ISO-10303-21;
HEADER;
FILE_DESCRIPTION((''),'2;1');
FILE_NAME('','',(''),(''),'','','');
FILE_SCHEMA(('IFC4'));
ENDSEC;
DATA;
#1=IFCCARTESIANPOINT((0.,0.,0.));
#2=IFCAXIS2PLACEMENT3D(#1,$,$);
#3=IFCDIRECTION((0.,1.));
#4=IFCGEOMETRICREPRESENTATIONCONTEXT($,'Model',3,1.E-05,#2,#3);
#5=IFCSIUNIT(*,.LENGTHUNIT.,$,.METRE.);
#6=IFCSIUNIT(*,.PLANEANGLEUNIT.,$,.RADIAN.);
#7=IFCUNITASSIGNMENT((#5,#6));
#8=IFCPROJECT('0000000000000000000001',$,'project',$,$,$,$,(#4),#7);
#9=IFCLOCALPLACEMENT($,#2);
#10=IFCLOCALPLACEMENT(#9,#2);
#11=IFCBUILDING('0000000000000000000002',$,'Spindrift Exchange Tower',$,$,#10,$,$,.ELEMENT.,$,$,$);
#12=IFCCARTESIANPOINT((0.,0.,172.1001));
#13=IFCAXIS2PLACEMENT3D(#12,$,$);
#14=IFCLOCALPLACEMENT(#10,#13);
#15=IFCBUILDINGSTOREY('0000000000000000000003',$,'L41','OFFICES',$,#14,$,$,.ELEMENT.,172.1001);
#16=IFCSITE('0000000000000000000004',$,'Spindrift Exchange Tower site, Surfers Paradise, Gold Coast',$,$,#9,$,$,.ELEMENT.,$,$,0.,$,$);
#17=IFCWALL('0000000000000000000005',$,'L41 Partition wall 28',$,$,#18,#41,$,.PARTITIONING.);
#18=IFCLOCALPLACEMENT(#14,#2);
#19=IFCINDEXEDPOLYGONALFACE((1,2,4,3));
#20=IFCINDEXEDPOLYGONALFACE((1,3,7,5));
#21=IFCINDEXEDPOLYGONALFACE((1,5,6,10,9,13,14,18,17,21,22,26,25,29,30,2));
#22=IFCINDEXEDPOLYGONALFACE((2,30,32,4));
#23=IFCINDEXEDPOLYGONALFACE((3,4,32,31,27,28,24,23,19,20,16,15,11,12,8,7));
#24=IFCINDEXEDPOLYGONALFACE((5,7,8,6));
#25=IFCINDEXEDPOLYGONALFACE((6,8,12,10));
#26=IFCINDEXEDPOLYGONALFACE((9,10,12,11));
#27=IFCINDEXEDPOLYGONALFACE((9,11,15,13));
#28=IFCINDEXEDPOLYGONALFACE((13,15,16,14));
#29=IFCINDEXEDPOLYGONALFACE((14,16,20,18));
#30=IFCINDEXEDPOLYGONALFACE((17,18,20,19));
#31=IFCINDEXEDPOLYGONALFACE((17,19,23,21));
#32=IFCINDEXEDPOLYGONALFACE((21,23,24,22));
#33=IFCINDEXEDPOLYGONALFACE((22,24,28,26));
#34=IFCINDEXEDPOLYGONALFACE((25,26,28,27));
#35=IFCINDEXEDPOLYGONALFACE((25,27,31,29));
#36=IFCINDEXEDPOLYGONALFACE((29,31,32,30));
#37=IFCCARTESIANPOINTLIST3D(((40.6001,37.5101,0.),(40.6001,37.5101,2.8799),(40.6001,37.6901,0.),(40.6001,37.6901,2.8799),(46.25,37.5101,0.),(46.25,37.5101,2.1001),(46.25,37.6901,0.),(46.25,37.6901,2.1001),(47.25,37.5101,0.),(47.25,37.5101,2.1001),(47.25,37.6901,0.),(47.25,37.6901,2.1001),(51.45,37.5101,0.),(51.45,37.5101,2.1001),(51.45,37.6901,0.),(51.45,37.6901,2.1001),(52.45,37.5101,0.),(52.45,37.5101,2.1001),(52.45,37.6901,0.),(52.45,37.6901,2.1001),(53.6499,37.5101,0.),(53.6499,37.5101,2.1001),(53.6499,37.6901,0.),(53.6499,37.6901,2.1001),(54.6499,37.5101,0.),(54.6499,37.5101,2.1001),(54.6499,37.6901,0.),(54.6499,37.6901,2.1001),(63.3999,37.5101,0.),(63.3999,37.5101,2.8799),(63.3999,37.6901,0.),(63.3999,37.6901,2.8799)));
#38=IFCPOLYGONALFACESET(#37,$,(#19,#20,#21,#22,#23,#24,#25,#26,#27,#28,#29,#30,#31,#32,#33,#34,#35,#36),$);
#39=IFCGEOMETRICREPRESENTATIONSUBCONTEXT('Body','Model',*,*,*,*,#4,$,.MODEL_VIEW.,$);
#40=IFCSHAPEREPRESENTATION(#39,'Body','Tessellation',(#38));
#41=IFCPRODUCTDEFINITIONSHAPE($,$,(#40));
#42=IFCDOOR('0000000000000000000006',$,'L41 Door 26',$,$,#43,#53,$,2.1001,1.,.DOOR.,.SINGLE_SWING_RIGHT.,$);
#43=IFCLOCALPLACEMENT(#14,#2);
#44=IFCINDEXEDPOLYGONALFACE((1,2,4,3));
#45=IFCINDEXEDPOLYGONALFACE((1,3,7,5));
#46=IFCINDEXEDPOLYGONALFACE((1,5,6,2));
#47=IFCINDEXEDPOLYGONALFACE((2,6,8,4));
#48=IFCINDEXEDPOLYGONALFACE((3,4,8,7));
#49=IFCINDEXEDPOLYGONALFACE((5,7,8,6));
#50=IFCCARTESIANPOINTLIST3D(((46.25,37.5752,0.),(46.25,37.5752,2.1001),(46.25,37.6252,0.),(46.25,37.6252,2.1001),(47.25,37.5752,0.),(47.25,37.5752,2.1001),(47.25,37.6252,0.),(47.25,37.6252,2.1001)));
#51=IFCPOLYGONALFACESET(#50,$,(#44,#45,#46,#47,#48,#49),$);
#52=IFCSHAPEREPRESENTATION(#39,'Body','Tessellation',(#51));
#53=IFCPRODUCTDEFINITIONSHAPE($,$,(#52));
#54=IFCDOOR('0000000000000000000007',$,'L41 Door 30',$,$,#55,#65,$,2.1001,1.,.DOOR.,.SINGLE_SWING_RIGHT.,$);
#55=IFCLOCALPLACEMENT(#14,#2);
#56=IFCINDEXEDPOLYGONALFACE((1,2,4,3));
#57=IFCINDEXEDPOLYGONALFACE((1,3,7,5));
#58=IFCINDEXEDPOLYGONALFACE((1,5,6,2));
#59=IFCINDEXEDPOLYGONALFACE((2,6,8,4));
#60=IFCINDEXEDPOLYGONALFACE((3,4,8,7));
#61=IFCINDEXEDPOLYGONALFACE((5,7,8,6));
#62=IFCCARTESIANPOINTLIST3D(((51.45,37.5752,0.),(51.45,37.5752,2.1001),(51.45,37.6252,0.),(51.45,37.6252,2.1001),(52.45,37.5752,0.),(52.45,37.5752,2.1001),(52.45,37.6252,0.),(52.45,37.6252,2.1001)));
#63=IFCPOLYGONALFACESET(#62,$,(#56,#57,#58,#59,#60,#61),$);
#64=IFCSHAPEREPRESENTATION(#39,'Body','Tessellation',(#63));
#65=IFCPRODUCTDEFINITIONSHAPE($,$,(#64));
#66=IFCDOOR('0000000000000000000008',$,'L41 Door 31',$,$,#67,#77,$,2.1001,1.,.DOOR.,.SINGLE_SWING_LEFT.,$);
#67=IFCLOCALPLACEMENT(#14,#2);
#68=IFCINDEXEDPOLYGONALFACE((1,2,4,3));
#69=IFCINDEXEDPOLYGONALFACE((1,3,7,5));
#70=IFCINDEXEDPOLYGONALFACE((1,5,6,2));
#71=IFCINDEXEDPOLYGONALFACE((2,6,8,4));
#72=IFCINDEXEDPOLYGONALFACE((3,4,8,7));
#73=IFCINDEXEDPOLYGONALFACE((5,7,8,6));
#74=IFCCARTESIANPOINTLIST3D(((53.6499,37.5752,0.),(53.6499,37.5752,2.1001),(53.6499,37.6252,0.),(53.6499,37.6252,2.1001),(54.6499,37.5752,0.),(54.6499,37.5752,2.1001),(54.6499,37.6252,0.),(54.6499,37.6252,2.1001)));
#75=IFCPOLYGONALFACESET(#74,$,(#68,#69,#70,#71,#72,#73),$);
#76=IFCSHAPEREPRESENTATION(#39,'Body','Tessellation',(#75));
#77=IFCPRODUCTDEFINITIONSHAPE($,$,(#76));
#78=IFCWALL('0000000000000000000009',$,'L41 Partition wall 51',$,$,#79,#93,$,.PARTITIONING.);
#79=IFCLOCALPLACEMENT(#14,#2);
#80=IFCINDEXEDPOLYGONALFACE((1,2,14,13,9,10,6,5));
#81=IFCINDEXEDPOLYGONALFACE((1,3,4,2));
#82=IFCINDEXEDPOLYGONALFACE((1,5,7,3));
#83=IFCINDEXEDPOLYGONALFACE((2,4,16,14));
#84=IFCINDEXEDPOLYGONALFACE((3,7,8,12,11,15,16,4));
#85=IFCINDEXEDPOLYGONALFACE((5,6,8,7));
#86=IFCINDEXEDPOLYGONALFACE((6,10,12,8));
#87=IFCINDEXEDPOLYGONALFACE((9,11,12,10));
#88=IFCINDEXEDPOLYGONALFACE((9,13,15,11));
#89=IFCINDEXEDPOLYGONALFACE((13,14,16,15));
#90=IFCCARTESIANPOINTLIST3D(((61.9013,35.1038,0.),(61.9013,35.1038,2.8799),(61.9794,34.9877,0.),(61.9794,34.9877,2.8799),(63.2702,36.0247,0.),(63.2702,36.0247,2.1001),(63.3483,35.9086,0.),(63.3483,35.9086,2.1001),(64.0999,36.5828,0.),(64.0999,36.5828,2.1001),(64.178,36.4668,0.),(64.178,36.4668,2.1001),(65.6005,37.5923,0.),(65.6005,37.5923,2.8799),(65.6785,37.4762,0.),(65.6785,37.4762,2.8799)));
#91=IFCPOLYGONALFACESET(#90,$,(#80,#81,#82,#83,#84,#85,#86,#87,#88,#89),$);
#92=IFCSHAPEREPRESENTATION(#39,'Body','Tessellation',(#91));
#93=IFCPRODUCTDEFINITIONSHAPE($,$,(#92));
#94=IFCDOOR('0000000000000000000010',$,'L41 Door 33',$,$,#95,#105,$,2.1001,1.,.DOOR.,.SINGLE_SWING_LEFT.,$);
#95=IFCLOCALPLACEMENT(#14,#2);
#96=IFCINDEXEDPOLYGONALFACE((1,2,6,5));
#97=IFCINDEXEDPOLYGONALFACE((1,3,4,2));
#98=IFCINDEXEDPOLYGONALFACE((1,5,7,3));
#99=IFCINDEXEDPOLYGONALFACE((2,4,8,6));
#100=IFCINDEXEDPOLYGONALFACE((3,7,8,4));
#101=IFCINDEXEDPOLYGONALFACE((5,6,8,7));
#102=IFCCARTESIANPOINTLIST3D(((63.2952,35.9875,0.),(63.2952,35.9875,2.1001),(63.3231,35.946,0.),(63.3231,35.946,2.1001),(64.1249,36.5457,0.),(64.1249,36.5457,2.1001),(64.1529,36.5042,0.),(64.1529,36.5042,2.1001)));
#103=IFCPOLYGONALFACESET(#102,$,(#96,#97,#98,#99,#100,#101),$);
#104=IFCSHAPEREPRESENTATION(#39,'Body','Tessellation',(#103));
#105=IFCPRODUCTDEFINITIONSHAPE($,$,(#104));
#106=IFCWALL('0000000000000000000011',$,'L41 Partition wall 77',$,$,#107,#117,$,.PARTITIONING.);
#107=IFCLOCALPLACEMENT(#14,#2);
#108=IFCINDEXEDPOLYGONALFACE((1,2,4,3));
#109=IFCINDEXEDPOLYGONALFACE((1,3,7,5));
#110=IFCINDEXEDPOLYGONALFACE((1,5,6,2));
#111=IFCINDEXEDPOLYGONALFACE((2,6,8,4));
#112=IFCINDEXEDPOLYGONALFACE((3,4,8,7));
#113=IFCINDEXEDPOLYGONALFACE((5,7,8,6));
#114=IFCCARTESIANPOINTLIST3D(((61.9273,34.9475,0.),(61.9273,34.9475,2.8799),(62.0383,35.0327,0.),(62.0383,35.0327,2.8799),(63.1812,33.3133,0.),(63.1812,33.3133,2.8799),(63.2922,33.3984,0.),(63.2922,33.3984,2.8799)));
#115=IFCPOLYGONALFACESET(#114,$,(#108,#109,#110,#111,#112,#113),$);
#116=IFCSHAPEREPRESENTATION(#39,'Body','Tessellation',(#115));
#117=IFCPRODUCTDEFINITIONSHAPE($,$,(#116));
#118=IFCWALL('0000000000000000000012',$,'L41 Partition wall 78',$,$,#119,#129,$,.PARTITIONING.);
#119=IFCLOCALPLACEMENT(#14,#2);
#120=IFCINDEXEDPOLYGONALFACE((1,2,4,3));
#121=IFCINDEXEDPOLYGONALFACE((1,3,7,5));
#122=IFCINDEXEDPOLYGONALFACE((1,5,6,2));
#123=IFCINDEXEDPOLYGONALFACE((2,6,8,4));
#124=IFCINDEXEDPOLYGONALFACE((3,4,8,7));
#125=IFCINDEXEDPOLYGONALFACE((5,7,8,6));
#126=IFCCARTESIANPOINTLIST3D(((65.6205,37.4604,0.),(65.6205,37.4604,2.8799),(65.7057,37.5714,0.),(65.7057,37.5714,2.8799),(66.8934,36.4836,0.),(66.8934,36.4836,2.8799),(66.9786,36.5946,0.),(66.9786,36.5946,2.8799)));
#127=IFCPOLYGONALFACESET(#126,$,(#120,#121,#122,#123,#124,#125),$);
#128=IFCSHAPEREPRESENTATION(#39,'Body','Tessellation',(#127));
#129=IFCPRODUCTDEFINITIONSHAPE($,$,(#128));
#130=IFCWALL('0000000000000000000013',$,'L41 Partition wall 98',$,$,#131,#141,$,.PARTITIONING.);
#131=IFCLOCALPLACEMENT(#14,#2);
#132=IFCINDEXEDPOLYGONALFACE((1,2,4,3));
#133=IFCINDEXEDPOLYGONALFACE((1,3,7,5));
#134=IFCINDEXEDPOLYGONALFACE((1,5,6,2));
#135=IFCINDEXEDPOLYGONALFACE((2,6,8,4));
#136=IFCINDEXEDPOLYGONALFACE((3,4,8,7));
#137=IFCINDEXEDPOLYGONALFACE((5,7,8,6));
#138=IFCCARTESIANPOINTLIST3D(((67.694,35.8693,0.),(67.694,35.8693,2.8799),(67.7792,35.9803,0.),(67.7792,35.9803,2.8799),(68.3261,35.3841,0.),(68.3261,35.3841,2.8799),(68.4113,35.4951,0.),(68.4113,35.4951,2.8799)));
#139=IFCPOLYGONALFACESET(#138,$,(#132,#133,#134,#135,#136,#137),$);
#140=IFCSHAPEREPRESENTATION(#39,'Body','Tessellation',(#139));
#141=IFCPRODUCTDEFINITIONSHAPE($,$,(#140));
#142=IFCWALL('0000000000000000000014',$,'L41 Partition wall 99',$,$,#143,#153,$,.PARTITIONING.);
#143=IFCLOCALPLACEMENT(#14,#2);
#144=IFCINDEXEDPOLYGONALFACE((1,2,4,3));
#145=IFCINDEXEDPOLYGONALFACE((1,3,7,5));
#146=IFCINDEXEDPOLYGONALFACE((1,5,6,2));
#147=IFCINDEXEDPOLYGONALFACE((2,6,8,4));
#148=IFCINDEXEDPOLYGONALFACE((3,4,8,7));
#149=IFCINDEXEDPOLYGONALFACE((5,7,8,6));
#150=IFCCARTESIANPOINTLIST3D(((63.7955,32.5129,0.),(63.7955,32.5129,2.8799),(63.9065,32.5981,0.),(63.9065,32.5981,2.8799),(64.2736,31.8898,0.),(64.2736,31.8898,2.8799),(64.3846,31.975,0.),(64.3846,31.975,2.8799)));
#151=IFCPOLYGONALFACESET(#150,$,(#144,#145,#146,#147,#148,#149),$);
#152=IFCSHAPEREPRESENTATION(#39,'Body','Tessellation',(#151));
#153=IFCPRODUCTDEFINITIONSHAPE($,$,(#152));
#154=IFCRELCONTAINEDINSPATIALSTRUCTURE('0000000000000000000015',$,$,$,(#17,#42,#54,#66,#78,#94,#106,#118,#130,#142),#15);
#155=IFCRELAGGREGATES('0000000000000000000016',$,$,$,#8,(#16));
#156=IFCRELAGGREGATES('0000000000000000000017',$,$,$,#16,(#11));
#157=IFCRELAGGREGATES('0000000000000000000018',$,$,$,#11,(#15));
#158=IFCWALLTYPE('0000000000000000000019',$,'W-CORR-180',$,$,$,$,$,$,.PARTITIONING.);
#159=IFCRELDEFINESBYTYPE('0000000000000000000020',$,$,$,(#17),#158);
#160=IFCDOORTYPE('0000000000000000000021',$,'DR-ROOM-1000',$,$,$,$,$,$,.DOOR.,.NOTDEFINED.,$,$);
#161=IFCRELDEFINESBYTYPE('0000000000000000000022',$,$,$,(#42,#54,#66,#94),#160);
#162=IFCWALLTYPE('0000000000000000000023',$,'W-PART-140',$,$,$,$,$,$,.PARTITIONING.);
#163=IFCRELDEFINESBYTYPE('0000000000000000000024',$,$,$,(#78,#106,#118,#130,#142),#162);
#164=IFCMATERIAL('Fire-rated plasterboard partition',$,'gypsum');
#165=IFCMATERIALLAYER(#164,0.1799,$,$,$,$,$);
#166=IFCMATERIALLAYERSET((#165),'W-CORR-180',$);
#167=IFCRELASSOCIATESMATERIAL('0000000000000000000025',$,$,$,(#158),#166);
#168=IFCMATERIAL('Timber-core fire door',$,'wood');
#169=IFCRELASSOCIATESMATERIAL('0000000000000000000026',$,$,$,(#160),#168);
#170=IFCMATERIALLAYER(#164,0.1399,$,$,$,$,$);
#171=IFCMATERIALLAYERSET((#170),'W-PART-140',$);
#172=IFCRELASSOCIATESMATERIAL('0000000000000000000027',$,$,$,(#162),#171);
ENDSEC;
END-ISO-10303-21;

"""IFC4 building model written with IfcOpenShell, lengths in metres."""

from ifc_helpers import new_model, si_unit, direction, frame, frame_2d, origin, place, context, subcontext, project, spatial, rectangle, extrude, source, transform, mapped, material, layer, layer_set, type_object, element, fill, save


model = new_model("IFC4")

# Units and contexts
model_context = context("Model", 3, precision=1e-05, world=origin(), true_north=direction((0.0, 1.0)))
body_context = subcontext(model_context, "Body", "Model", "MODEL_VIEW")
ifc_project = project(units=[si_unit("LENGTHUNIT", "METRE"), si_unit("PLANEANGLEUNIT", "RADIAN")], contexts=[model_context])

# Site, building, storey
site_placement = place(None, origin())
site = spatial("IfcSite", under=ifc_project, at=site_placement, Name="Spindrift Exchange Tower site, Surfers Paradise, Gold Coast", CompositionType="ELEMENT", RefElevation=0.0)
building_placement = place(site_placement, origin())
building = spatial("IfcBuilding", under=site, at=building_placement, Name="Spindrift Exchange Tower", CompositionType="ELEMENT")
storey_placement = place(building_placement, frame((0.0, 0.0, 172.1001)))
storey = spatial("IfcBuildingStorey", under=building, at=storey_placement, Name="L41", Description="OFFICES", CompositionType="ELEMENT", Elevation=172.1001)

# Wall, openings, doors
ifc_material_1 = material(Name="Fire-rated plasterboard partition", Category="gypsum")
ifc_layer_1 = layer(ifc_material_1, 0.1799)
ifc_layer_set_1 = layer_set([ifc_layer_1], Name="W-CORR-180")
wall_type_1 = type_object("IfcWallType", Name="W-CORR-180", PredefinedType="PARTITIONING", material=ifc_layer_set_1)
wall_1_placement = place(storey_placement, frame((63.3999, 37.6001, 0.0), z_axis=(0.0, 0.0, 1.0), x_axis=(-1.0, 0.0, 0.0)))
wall_1 = element("IfcWall", 1, at=wall_1_placement, inside=storey, type_object=wall_type_1, Name="L41 Partition wall 28", PredefinedType="PARTITIONING", context=body_context, shape_type="SweptSolid", body=[
    extrude(rectangle(XDim=22.7998, YDim=0.1799, at=frame_2d((11.3999, 0.0))), origin(), (0.0, 0.0, 1.0), 2.8799),
])
opening_1_placement = place(wall_1_placement, frame((16.1499, 0.0, 0.0)))
opening_1 = element("IfcOpeningElement", 2, at=opening_1_placement, cuts=wall_1, PredefinedType="OPENING", context=body_context, shape_type="SweptSolid", body=[
    extrude(rectangle(XDim=1.0, YDim=2.1001, at=frame_2d((0.5, 1.05))), frame((0.0, 0.0999, 0.0), z_axis=(0.0, -1.0, 0.0), x_axis=(1.0, 0.0, 0.0)), (0.0, 0.0, 1.0), 0.2),
])
opening_2_placement = place(wall_1_placement, frame((10.95, 0.0, 0.0)))
opening_2 = element("IfcOpeningElement", 3, at=opening_2_placement, cuts=wall_1, PredefinedType="OPENING", context=body_context, shape_type="SweptSolid", body=[
    extrude(rectangle(XDim=1.0, YDim=2.1001, at=frame_2d((0.5, 1.05))), frame((0.0, 0.0999, 0.0), z_axis=(0.0, -1.0, 0.0), x_axis=(1.0, 0.0, 0.0)), (0.0, 0.0, 1.0), 0.2),
])
opening_3_placement = place(wall_1_placement, frame((8.75, 0.0, 0.0)))
opening_3 = element("IfcOpeningElement", 4, at=opening_3_placement, cuts=wall_1, PredefinedType="OPENING", context=body_context, shape_type="SweptSolid", body=[
    extrude(rectangle(XDim=1.0, YDim=2.1001, at=frame_2d((0.5, 1.05))), frame((0.0, 0.0999, 0.0), z_axis=(0.0, -1.0, 0.0), x_axis=(1.0, 0.0, 0.0)), (0.0, 0.0, 1.0), 0.2),
])
ifc_material_2 = material(Name="Timber-core fire door", Category="wood")
door_type = type_object("IfcDoorType", Name="DR-ROOM-1000", OperationType="NOTDEFINED", PredefinedType="DOOR", material=ifc_material_2)
shared_shape_1 = source(origin(), body_context, "Body", "SweptSolid", [
    extrude(rectangle(XDim=1.0, YDim=2.1001, at=frame_2d((0.5, 1.05))), frame((0.0, 0.0249, 0.0), z_axis=(0.0, -1.0, 0.0), x_axis=(1.0, 0.0, 0.0)), (0.0, 0.0, 1.0), 0.05),
])
door_1_placement = place(opening_1_placement, origin())
door_1 = element("IfcDoor", 5, at=door_1_placement, inside=storey, type_object=door_type, Name="L41 Door 26", OperationType="SINGLE_SWING_RIGHT", OverallHeight=2.1001, OverallWidth=1.0, PredefinedType="DOOR", context=body_context, shape_type="MappedRepresentation", body=[
    mapped(shared_shape_1, transform((0.0, 0.0, 0.0), scale=1.0)),
])
fill(opening_1, door_1)
door_2_placement = place(opening_2_placement, origin())
door_2 = element("IfcDoor", 6, at=door_2_placement, inside=storey, type_object=door_type, Name="L41 Door 30", OperationType="SINGLE_SWING_RIGHT", OverallHeight=2.1001, OverallWidth=1.0, PredefinedType="DOOR", context=body_context, shape_type="MappedRepresentation", body=[
    mapped(shared_shape_1, transform((0.0, 0.0, 0.0), scale=1.0)),
])
fill(opening_2, door_2)
door_3_placement = place(opening_3_placement, origin())
door_3 = element("IfcDoor", 7, at=door_3_placement, inside=storey, type_object=door_type, Name="L41 Door 31", OperationType="SINGLE_SWING_LEFT", OverallHeight=2.1001, OverallWidth=1.0, PredefinedType="DOOR", context=body_context, shape_type="MappedRepresentation", body=[
    mapped(shared_shape_1, transform((0.0, 0.0, 0.0), scale=1.0)),
])
fill(opening_3, door_3)

# Wall, opening, door
ifc_layer_2 = layer(ifc_material_1, 0.1399)
ifc_layer_set_2 = layer_set([ifc_layer_2], Name="W-PART-140")
wall_type_2 = type_object("IfcWallType", Name="W-PART-140", PredefinedType="PARTITIONING", material=ifc_layer_set_2)
wall_2_placement = place(storey_placement, frame((65.6394, 37.5342, 0.0), z_axis=(0.0, 0.0, 1.0), x_axis=(-0.829726, -0.558171, 0.0)))
wall_2 = element("IfcWall", 8, at=wall_2_placement, inside=storey, type_object=wall_type_2, Name="L41 Partition wall 51", PredefinedType="PARTITIONING", context=body_context, shape_type="SweptSolid", body=[
    extrude(rectangle(XDim=4.4583, YDim=0.1399, at=frame_2d((2.229, 0.0))), origin(), (0.0, 0.0, 1.0), 2.8799),
])
opening_4_placement = place(wall_2_placement, frame((1.8083, 0.0, 0.0)))
opening_4 = element("IfcOpeningElement", 9, at=opening_4_placement, cuts=wall_2, PredefinedType="OPENING", context=body_context, shape_type="SweptSolid", body=[
    extrude(rectangle(XDim=1.0, YDim=2.1001, at=frame_2d((0.5, 1.05))), frame((0.0, 0.0798, 0.0), z_axis=(0.0, -1.0, 0.0), x_axis=(1.0, 0.0, 0.0)), (0.0, 0.0, 1.0), 0.1599),
])
door_4_placement = place(opening_4_placement, origin())
door_4 = element("IfcDoor", 10, at=door_4_placement, inside=storey, type_object=door_type, Name="L41 Door 33", OperationType="SINGLE_SWING_LEFT", OverallHeight=2.1001, OverallWidth=1.0, PredefinedType="DOOR", context=body_context, shape_type="MappedRepresentation", body=[
    mapped(shared_shape_1, transform((0.0, 0.0, 0.0), scale=1.0)),
])
fill(opening_4, door_4)

# Walls
wall_3_placement = place(storey_placement, frame((61.9829, 34.99, 0.0), z_axis=(0.0, 0.0, 1.0), x_axis=(0.608725, -0.793381, 0.0)))
element("IfcWall", 11, at=wall_3_placement, inside=storey, type_object=wall_type_2, Name="L41 Partition wall 77", PredefinedType="PARTITIONING", context=body_context, shape_type="SweptSolid", body=[
    extrude(rectangle(XDim=2.0598, YDim=0.1399, at=frame_2d((1.0298, 0.0))), origin(), (0.0, 0.0, 1.0), 2.8799),
])
wall_4_placement = place(storey_placement, frame((65.6631, 37.5159, 0.0), z_axis=(0.0, 0.0, 1.0), x_axis=(0.793342, -0.608776, 0.0)))
element("IfcWall", 12, at=wall_4_placement, inside=storey, type_object=wall_type_2, Name="L41 Partition wall 78", PredefinedType="PARTITIONING", context=body_context, shape_type="SweptSolid", body=[
    extrude(rectangle(XDim=1.6045, YDim=0.1399, at=frame_2d((0.8022, 0.0))), origin(), (0.0, 0.0, 1.0), 2.8799),
])
wall_5_placement = place(storey_placement, frame((67.7366, 35.9248, 0.0), z_axis=(0.0, 0.0, 1.0), x_axis=(0.793296, -0.608837, 0.0)))
element("IfcWall", 13, at=wall_5_placement, inside=storey, type_object=wall_type_2, Name="L41 Partition wall 98", PredefinedType="PARTITIONING", context=body_context, shape_type="SweptSolid", body=[
    extrude(rectangle(XDim=0.7969, YDim=0.1399, at=frame_2d((0.3984, 0.0))), origin(), (0.0, 0.0, 1.0), 2.8799),
])
wall_6_placement = place(storey_placement, frame((63.8511, 32.5554, 0.0), z_axis=(0.0, 0.0, 1.0), x_axis=(0.608719, -0.793386, 0.0)))
element("IfcWall", 14, at=wall_6_placement, inside=storey, type_object=wall_type_2, Name="L41 Partition wall 99", PredefinedType="PARTITIONING", context=body_context, shape_type="SweptSolid", body=[
    extrude(rectangle(XDim=0.7854, YDim=0.1399, at=frame_2d((0.3926, 0.0))), origin(), (0.0, 0.0, 1.0), 2.8799),
])

save(model, "model.ifc")
